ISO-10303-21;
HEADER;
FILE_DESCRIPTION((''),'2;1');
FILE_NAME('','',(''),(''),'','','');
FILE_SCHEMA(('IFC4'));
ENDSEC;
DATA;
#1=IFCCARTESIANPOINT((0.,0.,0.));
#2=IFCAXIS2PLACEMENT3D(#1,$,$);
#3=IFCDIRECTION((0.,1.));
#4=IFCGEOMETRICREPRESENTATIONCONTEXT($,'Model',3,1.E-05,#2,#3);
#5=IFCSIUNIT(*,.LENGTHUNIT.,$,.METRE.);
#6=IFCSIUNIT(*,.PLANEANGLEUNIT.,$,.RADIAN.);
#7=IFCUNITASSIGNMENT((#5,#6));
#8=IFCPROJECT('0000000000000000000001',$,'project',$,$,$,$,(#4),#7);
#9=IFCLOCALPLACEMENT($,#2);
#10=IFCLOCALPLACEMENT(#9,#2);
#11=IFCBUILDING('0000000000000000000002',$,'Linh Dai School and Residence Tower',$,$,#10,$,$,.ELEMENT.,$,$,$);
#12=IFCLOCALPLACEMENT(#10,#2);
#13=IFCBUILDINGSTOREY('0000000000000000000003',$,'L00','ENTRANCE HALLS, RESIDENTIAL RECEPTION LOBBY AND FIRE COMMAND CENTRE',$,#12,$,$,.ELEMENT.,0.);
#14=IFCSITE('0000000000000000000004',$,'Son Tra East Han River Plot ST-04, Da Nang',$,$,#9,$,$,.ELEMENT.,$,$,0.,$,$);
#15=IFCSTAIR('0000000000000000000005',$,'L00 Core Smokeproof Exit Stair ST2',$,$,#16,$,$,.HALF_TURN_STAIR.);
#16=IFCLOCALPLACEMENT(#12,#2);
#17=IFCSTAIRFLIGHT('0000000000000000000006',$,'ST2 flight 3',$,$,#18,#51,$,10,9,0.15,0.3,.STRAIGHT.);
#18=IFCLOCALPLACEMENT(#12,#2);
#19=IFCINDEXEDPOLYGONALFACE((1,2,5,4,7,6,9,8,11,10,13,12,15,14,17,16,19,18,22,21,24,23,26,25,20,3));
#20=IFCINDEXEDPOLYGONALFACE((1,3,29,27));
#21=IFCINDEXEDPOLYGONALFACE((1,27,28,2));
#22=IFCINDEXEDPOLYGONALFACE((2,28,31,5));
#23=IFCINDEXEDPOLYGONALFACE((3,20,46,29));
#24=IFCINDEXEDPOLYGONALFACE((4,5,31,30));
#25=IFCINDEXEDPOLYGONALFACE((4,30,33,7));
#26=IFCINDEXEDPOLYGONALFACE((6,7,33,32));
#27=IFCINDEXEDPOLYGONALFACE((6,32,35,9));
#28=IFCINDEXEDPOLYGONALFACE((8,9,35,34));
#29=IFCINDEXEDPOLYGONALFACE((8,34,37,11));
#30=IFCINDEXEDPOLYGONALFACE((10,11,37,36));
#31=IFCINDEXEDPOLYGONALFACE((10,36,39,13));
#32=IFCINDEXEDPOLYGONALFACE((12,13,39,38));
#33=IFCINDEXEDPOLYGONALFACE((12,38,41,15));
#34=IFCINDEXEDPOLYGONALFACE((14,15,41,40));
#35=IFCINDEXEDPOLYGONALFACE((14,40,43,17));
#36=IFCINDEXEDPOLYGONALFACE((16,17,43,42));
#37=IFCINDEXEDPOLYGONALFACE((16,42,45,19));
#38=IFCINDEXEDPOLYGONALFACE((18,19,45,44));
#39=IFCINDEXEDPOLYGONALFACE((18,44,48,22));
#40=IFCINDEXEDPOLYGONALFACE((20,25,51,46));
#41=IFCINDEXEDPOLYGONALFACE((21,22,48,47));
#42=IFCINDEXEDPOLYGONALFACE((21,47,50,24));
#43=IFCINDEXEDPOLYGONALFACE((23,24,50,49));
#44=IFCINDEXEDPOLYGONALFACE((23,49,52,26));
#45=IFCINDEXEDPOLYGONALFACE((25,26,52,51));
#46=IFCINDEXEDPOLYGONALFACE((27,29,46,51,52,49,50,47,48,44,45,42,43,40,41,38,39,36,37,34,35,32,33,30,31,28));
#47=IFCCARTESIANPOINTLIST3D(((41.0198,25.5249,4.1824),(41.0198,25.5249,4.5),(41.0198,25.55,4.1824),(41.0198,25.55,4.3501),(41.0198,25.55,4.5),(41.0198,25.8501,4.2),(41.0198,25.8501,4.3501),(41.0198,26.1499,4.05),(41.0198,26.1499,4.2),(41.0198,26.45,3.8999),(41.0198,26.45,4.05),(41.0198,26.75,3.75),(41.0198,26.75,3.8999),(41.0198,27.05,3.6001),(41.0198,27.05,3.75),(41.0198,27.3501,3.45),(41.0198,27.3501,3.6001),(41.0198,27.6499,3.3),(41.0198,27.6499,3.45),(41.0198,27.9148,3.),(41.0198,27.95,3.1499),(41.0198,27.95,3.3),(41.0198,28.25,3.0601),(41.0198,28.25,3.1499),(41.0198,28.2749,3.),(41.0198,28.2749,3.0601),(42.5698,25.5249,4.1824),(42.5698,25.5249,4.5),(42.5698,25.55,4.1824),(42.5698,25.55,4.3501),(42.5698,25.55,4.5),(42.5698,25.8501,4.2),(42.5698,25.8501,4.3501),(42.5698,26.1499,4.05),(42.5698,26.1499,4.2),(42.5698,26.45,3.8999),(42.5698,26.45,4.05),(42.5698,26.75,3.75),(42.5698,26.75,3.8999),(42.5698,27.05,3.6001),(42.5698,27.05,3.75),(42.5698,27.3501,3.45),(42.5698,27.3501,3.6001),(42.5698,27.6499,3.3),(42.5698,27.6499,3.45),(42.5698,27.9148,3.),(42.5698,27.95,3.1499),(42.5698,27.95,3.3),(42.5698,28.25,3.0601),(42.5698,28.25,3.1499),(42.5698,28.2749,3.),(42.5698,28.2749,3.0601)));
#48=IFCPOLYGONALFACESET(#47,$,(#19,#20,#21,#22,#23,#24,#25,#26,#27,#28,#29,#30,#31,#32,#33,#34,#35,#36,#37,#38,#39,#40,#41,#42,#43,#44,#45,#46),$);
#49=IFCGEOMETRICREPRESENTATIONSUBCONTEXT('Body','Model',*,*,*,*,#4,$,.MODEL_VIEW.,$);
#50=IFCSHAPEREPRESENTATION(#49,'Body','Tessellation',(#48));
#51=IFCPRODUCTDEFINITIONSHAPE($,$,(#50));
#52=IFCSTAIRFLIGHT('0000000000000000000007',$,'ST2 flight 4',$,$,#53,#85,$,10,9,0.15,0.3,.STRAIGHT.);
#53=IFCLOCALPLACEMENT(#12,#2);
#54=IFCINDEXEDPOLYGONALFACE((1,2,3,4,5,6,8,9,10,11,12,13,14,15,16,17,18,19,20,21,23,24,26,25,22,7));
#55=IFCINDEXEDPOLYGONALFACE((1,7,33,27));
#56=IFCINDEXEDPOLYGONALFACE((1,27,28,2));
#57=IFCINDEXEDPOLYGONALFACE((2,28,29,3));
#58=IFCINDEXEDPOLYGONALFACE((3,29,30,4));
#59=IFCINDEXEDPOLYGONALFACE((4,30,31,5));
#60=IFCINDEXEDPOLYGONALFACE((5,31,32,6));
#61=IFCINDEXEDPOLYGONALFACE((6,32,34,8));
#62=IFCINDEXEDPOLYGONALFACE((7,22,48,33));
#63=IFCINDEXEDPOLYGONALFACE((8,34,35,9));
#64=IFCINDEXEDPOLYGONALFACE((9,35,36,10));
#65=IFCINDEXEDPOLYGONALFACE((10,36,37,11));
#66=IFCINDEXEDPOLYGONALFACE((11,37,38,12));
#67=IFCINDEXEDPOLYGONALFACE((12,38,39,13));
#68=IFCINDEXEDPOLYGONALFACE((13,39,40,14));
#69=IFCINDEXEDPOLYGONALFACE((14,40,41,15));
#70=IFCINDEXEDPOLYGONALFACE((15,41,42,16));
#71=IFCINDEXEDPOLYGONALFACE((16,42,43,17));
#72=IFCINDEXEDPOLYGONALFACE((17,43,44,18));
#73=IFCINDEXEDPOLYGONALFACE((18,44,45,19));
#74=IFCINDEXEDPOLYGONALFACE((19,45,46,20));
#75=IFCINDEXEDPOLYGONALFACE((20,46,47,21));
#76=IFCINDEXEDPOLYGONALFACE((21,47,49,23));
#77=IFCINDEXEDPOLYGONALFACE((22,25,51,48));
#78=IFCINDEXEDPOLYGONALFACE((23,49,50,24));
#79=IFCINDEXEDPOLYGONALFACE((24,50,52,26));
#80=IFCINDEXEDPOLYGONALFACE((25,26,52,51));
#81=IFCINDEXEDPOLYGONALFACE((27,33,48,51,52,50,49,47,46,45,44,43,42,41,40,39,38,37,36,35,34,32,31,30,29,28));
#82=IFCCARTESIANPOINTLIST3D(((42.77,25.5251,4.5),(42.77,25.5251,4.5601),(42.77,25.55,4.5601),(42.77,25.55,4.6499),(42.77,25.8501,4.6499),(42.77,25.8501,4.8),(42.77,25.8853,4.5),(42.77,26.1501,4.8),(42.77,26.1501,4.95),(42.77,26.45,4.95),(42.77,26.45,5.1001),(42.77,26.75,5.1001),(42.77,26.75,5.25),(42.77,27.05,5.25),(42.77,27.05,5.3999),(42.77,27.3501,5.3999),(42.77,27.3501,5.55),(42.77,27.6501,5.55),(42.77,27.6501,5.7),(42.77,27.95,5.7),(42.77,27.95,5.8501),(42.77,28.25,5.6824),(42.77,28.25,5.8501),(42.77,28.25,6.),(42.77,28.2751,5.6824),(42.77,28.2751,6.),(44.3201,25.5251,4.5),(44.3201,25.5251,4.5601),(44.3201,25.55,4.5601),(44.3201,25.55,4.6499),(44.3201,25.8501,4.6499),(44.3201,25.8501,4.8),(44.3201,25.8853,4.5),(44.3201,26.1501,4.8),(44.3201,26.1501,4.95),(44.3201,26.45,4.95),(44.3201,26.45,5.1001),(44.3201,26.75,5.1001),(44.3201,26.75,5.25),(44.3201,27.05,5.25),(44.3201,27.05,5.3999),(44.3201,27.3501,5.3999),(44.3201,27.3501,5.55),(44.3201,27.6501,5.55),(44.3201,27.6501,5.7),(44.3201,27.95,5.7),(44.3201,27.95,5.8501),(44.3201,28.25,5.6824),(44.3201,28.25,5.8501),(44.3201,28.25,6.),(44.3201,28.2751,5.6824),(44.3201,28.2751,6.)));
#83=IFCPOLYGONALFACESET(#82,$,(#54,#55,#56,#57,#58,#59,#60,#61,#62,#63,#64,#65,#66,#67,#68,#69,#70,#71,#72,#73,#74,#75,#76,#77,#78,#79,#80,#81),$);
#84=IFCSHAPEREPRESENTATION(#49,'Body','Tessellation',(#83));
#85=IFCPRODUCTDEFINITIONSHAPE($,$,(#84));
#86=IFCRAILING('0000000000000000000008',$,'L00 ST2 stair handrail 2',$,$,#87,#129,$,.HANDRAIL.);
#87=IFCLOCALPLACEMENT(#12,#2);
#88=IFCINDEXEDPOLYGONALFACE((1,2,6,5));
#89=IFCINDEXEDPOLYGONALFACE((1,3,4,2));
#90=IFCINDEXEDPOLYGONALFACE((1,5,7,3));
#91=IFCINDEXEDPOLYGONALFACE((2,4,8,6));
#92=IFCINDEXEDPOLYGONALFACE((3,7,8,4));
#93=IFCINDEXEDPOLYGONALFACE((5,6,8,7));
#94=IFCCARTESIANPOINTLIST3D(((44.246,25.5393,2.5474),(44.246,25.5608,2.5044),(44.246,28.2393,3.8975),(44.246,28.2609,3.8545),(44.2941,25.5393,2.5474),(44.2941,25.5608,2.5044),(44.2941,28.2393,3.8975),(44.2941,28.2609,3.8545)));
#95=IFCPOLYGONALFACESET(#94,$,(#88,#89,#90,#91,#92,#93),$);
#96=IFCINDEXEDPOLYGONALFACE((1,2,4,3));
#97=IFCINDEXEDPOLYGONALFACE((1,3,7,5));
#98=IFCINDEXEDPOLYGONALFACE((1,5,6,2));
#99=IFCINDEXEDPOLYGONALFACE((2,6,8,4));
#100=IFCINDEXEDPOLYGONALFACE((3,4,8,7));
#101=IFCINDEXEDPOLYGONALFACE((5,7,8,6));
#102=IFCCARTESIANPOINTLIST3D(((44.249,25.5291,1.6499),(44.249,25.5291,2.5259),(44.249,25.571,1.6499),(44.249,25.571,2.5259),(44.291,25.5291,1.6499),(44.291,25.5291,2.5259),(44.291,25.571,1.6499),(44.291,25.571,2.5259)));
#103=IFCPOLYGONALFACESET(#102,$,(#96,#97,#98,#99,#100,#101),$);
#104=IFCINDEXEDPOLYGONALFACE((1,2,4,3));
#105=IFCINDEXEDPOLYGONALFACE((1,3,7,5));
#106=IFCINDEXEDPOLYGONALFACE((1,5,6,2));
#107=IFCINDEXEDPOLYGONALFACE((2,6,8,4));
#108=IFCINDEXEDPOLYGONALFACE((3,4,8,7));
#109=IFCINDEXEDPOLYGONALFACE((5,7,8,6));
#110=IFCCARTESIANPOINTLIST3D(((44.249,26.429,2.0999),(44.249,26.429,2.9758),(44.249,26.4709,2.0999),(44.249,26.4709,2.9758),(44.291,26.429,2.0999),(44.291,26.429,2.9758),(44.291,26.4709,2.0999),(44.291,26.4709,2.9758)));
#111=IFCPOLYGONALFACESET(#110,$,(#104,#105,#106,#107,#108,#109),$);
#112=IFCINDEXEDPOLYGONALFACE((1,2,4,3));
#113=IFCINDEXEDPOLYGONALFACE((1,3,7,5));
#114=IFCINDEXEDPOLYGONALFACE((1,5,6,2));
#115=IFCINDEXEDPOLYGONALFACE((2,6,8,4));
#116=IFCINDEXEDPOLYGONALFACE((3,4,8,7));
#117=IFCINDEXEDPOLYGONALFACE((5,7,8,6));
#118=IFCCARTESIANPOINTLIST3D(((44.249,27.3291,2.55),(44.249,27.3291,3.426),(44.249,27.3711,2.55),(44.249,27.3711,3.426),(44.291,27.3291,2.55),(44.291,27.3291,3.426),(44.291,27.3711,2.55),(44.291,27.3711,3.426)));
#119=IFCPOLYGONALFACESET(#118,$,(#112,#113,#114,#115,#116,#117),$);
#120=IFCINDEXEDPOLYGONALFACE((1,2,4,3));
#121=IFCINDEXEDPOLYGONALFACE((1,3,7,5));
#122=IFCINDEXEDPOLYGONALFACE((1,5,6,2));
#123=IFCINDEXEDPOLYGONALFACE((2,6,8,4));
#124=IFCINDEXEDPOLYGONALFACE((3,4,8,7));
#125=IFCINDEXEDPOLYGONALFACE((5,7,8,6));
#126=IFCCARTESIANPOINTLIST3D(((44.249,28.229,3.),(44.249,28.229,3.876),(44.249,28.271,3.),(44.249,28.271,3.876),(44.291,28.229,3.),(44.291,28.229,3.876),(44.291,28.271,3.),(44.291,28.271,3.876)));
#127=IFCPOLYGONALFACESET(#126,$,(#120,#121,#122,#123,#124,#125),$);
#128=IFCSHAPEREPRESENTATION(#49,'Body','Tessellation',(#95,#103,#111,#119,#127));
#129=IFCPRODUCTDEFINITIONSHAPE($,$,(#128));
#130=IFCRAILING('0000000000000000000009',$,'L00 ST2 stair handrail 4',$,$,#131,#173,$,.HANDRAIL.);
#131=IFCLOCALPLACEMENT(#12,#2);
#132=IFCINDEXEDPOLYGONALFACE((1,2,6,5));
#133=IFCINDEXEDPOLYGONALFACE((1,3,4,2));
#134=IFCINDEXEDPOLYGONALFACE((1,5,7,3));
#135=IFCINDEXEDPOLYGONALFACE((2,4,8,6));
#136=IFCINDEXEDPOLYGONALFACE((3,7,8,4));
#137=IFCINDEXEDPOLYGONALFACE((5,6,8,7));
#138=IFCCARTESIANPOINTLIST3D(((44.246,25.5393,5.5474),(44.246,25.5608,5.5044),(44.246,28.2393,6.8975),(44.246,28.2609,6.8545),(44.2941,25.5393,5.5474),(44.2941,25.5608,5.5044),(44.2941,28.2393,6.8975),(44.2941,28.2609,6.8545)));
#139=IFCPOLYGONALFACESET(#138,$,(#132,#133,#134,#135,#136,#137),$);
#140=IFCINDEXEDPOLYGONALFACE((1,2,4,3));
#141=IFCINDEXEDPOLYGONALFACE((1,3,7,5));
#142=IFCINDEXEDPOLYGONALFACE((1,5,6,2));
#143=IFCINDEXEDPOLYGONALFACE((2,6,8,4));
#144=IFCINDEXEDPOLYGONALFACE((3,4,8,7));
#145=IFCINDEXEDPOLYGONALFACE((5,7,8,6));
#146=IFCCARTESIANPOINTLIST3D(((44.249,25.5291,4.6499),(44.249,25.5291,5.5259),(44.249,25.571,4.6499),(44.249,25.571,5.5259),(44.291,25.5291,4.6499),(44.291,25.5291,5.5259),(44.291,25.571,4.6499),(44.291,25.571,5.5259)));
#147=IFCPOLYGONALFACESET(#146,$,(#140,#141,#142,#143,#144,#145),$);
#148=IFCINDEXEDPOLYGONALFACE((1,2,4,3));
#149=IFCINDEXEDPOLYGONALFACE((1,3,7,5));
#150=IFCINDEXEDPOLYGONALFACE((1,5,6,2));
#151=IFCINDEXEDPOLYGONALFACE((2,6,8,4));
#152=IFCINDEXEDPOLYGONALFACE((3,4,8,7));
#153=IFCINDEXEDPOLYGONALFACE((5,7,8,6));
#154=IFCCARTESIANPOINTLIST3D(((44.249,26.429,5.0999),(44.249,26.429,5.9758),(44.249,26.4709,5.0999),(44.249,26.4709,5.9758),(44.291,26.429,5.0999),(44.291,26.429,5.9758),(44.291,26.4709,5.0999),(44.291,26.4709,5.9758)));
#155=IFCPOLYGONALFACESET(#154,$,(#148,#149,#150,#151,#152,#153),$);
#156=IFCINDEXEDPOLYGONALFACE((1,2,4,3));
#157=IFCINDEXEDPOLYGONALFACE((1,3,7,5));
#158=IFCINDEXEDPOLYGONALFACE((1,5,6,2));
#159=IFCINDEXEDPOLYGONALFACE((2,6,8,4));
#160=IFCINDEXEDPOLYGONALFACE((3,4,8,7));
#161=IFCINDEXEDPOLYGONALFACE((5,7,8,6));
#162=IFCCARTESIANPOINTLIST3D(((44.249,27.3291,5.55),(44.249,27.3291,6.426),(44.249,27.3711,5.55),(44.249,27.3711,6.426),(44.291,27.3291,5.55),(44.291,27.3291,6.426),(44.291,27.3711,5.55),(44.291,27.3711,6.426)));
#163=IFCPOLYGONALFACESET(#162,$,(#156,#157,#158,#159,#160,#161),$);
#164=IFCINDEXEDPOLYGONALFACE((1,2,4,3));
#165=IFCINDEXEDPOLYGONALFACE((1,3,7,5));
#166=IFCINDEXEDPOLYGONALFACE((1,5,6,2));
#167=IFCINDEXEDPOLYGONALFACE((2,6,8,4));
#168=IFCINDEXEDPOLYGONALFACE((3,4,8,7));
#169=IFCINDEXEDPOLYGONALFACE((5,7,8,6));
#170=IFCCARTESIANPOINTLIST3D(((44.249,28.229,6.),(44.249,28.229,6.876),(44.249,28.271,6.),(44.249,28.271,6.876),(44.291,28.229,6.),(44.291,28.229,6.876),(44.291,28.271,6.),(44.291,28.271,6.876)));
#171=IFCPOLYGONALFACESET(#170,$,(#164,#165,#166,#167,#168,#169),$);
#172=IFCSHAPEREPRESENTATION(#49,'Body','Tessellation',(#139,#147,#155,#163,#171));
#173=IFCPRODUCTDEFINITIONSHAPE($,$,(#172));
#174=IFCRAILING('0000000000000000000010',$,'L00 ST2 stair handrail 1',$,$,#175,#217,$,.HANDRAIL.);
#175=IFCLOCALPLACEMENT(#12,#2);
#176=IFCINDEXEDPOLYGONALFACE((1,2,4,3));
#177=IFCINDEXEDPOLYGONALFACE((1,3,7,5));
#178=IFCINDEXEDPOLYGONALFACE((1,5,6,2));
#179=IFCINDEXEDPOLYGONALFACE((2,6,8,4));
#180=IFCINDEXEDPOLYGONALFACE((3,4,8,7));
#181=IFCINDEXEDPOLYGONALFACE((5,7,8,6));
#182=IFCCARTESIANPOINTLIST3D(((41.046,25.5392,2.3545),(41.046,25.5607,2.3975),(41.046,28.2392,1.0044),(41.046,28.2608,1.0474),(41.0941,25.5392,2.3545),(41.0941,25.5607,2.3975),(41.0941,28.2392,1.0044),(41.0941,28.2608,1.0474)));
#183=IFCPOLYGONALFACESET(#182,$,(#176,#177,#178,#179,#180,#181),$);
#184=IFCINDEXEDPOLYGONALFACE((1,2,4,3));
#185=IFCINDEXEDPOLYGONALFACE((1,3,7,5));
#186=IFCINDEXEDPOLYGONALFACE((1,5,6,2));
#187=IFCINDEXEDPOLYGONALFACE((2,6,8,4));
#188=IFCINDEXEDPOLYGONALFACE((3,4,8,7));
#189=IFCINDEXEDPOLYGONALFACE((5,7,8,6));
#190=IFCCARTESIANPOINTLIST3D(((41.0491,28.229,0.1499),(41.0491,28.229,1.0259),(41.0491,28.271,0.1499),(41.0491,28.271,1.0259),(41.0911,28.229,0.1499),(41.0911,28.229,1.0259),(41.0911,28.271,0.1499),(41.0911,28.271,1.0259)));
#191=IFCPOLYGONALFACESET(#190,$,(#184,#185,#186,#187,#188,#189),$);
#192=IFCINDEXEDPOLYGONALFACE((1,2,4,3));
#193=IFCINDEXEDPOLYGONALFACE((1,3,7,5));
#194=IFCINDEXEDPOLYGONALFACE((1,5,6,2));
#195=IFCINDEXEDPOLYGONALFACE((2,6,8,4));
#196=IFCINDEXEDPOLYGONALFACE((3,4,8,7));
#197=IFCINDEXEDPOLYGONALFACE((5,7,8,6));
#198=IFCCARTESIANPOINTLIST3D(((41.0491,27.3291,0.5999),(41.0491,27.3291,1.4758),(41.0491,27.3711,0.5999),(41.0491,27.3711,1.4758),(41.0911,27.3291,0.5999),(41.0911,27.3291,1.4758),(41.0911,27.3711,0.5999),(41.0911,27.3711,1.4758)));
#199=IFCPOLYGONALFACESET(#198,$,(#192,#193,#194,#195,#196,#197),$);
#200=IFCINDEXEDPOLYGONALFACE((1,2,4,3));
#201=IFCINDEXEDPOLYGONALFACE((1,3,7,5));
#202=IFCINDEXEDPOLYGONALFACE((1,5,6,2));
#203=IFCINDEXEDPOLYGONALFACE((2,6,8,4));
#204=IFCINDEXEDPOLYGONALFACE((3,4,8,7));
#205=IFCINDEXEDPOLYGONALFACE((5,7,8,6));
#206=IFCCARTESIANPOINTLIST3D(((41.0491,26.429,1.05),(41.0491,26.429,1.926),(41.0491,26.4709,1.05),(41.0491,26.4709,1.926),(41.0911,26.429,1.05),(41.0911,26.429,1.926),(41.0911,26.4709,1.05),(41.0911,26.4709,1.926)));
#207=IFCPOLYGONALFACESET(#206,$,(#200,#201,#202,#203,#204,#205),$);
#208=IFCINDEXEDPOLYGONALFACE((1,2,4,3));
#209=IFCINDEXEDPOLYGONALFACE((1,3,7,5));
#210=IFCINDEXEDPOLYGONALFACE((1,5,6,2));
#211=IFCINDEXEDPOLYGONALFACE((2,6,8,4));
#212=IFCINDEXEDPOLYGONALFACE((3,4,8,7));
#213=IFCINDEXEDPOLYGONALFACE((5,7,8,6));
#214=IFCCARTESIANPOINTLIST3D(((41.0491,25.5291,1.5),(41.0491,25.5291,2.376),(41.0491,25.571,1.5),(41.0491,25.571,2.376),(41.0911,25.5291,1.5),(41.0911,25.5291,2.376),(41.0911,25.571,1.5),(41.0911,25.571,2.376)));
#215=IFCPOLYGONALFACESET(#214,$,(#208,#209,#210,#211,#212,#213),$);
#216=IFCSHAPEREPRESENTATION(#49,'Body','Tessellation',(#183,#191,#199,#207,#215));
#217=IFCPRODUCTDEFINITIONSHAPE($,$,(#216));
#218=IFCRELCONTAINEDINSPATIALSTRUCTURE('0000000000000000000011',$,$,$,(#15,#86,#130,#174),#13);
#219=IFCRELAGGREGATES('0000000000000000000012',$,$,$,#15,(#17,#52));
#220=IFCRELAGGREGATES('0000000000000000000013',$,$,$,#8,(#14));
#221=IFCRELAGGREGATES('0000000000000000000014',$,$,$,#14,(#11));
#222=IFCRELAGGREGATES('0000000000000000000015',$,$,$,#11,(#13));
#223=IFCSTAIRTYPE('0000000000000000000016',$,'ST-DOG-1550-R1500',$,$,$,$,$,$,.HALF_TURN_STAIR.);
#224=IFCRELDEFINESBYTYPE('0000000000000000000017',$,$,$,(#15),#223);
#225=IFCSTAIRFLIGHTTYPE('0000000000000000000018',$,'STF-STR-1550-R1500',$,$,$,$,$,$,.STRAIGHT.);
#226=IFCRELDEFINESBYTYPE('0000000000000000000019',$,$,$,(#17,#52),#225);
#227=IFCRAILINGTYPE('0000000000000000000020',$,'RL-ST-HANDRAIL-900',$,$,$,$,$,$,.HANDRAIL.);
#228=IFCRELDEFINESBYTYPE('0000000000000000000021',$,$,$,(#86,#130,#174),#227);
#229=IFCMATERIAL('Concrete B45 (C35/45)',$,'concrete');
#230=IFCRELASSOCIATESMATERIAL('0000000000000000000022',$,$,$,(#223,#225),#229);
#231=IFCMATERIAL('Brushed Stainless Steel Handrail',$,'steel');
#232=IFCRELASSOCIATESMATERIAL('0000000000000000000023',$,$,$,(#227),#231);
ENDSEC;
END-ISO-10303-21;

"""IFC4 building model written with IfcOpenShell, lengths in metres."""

from ifc_helpers import new_model, si_unit, direction, frame, origin, origin_2d, place, context, subcontext, project, spatial, polyline, rectangle, outline, extrude, source, transform, mapped, material, type_object, element, aggregate, save


model = new_model("IFC4")

# Units and contexts
model_context = context("Model", 3, precision=1e-05, world=origin(), true_north=direction((0.0, 1.0)))
body_context = subcontext(model_context, "Body", "Model", "MODEL_VIEW")
ifc_project = project(units=[si_unit("LENGTHUNIT", "METRE"), si_unit("PLANEANGLEUNIT", "RADIAN")], contexts=[model_context])

# Site, building, storey
site_placement = place(None, origin())
site = spatial("IfcSite", under=ifc_project, at=site_placement, Name="Son Tra East Han River Plot ST-04, Da Nang", CompositionType="ELEMENT", RefElevation=0.0)
building_placement = place(site_placement, origin())
building = spatial("IfcBuilding", under=site, at=building_placement, Name="Linh Dai School and Residence Tower", CompositionType="ELEMENT")
storey_placement = place(building_placement, origin())
storey = spatial("IfcBuildingStorey", under=building, at=storey_placement, Name="L00", Description="ENTRANCE HALLS, RESIDENTIAL RECEPTION LOBBY AND FIRE COMMAND CENTRE", CompositionType="ELEMENT", Elevation=0.0)

# Shared definitions
ifc_material_1 = material(Name="Concrete B45 (C35/45)", Category="concrete")

# Stair, stair flights
stair_type = type_object("IfcStairType", Name="ST-DOG-1550-R1500", PredefinedType="HALF_TURN_STAIR", material=ifc_material_1)
stair_placement = place(storey_placement, origin())
stair = element("IfcStair", 1, at=stair_placement, inside=storey, type_object=stair_type, Name="L00 Core Smokeproof Exit Stair ST2", PredefinedType="HALF_TURN_STAIR")
stair_flight_type = type_object("IfcStairFlightType", Name="STF-STR-1550-R1500", PredefinedType="STRAIGHT", material=ifc_material_1)
shared_shape_1 = source(origin(), body_context, "Body", "SweptSolid", [
    extrude(outline(polyline([(-0.0249, 0.0), (-0.0249, 0.0601), (0.0, 0.0601), (0.0, 0.1499), (0.3, 0.1499), (0.3, 0.3), (0.6001, 0.3), (0.6001, 0.45), (0.8999, 0.45), (0.8999, 0.6001), (1.2, 0.6001), (1.2, 0.75), (1.5, 0.75), (1.5, 0.8999), (1.8, 0.8999), (1.8, 1.05), (2.1001, 1.05), (2.1001, 1.2), (2.3999, 1.2), (2.3999, 1.3501), (2.7, 1.3501), (2.7, 1.5), (2.7251, 1.5), (2.7251, 1.1824), (2.7, 1.1824), (0.3352, 0.0), (-0.0249, 0.0)])), frame((0.0, 0.7749, 0.0), z_axis=(0.0, -1.0, 0.0), x_axis=(1.0, 0.0, 0.0)), (0.0, 0.0, 1.0), 1.55),
])
stair_flight_1_placement = place(storey_placement, frame((41.7949, 28.25, 3.0), z_axis=(0.0, 0.0, 1.0), x_axis=(0.0, -1.0, 0.0)))
stair_flight_1 = element("IfcStairFlight", 2, at=stair_flight_1_placement, type_object=stair_flight_type, Name="ST2 flight 3", NumberOfRisers=10, NumberOfTreads=9, PredefinedType="STRAIGHT", RiserHeight=0.15, TreadLength=0.3, context=body_context, shape_type="MappedRepresentation", body=[
    mapped(shared_shape_1, transform((0.0, 0.0, 0.0), x_axis=(1.0, 0.0, 0.0), y_axis=(0.0, 1.0, 0.0), z_axis=(0.0, 0.0, 1.0), scale=1.0)),
])
stair_flight_2_placement = place(storey_placement, frame((43.5449, 25.55, 4.5), z_axis=(0.0, 0.0, 1.0), x_axis=(0.0, 1.0, 0.0)))
stair_flight_2 = element("IfcStairFlight", 3, at=stair_flight_2_placement, type_object=stair_flight_type, Name="ST2 flight 4", NumberOfRisers=10, NumberOfTreads=9, PredefinedType="STRAIGHT", RiserHeight=0.15, TreadLength=0.3, context=body_context, shape_type="MappedRepresentation", body=[
    mapped(shared_shape_1, transform((0.0, 0.0, 0.0), x_axis=(1.0, 0.0, 0.0), y_axis=(0.0, 1.0, 0.0), z_axis=(0.0, 0.0, 1.0), scale=1.0)),
])
aggregate(stair, [stair_flight_1, stair_flight_2])

# Railings
ifc_material_2 = material(Name="Brushed Stainless Steel Handrail", Category="steel")
railing_type_1 = type_object("IfcRailingType", Name="RL-ST-HANDRAIL-900", PredefinedType="HANDRAIL", material=ifc_material_2)
shared_shape_2 = source(origin(), body_context, "Body", "SweptSolid", [
    extrude(rectangle(XDim=0.0481, YDim=0.0481, at=origin_2d()), frame((0.0, 0.0, 0.876), z_axis=(0.0, 0.894411, 0.447246), x_axis=(-1.0, 0.0, 0.0)), (0.0, 0.0, 1.0), 3.0188),
    extrude(rectangle(XDim=0.042, YDim=0.042, at=origin_2d()), origin(), (0.0, 0.0, 1.0), 0.876),
    extrude(rectangle(XDim=0.042, YDim=0.042, at=origin_2d()), frame((0.0, 0.8999, 0.45)), (0.0, 0.0, 1.0), 0.876),
    extrude(rectangle(XDim=0.042, YDim=0.042, at=origin_2d()), frame((0.0, 1.8, 0.9001)), (0.0, 0.0, 1.0), 0.876),
    extrude(rectangle(XDim=0.042, YDim=0.042, at=origin_2d()), frame((0.0, 2.7, 1.3501)), (0.0, 0.0, 1.0), 0.876),
])
for number, where, name in (
    (4, (44.27, 25.55, 1.6499), "L00 ST2 stair handrail 2"),
    (5, (44.27, 25.55, 4.6499), "L00 ST2 stair handrail 4"),
):
    element("IfcRailing", number, at=place(storey_placement, frame(where)), inside=storey, type_object=railing_type_1, Name=name, PredefinedType="HANDRAIL", context=body_context, shape_type="MappedRepresentation", body=[
        mapped(shared_shape_2, transform((0.0, 0.0, 0.0), x_axis=(1.0, 0.0, 0.0), y_axis=(0.0, 1.0, 0.0), z_axis=(0.0, 0.0, 1.0), scale=1.0)),
    ])
shared_shape_3 = source(origin(), body_context, "Body", "SweptSolid", [
    extrude(rectangle(XDim=0.0481, YDim=0.0481, at=origin_2d()), frame((0.0, 0.0, 0.876), z_axis=(0.0, -0.894411, 0.447246), x_axis=(1.0, 0.0, 0.0)), (0.0, 0.0, 1.0), 3.0188),
    extrude(rectangle(XDim=0.042, YDim=0.042, at=origin_2d()), origin(), (0.0, 0.0, 1.0), 0.876),
    extrude(rectangle(XDim=0.042, YDim=0.042, at=origin_2d()), frame((0.0, -0.8999, 0.45)), (0.0, 0.0, 1.0), 0.876),
    extrude(rectangle(XDim=0.042, YDim=0.042, at=origin_2d()), frame((0.0, -1.8, 0.9001)), (0.0, 0.0, 1.0), 0.876),
    extrude(rectangle(XDim=0.042, YDim=0.042, at=origin_2d()), frame((0.0, -2.7, 1.3501)), (0.0, 0.0, 1.0), 0.876),
])
for number, where, name in (
    (6, (41.0701, 28.25, 0.1499), "L00 ST2 stair handrail 1"),
):
    element("IfcRailing", number, at=place(storey_placement, frame(where)), inside=storey, type_object=railing_type_1, Name=name, PredefinedType="HANDRAIL", context=body_context, shape_type="MappedRepresentation", body=[
        mapped(shared_shape_3, transform((0.0, 0.0, 0.0), x_axis=(1.0, 0.0, 0.0), y_axis=(0.0, 1.0, 0.0), z_axis=(0.0, 0.0, 1.0), scale=1.0)),
    ])

save(model, "model.ifc")
